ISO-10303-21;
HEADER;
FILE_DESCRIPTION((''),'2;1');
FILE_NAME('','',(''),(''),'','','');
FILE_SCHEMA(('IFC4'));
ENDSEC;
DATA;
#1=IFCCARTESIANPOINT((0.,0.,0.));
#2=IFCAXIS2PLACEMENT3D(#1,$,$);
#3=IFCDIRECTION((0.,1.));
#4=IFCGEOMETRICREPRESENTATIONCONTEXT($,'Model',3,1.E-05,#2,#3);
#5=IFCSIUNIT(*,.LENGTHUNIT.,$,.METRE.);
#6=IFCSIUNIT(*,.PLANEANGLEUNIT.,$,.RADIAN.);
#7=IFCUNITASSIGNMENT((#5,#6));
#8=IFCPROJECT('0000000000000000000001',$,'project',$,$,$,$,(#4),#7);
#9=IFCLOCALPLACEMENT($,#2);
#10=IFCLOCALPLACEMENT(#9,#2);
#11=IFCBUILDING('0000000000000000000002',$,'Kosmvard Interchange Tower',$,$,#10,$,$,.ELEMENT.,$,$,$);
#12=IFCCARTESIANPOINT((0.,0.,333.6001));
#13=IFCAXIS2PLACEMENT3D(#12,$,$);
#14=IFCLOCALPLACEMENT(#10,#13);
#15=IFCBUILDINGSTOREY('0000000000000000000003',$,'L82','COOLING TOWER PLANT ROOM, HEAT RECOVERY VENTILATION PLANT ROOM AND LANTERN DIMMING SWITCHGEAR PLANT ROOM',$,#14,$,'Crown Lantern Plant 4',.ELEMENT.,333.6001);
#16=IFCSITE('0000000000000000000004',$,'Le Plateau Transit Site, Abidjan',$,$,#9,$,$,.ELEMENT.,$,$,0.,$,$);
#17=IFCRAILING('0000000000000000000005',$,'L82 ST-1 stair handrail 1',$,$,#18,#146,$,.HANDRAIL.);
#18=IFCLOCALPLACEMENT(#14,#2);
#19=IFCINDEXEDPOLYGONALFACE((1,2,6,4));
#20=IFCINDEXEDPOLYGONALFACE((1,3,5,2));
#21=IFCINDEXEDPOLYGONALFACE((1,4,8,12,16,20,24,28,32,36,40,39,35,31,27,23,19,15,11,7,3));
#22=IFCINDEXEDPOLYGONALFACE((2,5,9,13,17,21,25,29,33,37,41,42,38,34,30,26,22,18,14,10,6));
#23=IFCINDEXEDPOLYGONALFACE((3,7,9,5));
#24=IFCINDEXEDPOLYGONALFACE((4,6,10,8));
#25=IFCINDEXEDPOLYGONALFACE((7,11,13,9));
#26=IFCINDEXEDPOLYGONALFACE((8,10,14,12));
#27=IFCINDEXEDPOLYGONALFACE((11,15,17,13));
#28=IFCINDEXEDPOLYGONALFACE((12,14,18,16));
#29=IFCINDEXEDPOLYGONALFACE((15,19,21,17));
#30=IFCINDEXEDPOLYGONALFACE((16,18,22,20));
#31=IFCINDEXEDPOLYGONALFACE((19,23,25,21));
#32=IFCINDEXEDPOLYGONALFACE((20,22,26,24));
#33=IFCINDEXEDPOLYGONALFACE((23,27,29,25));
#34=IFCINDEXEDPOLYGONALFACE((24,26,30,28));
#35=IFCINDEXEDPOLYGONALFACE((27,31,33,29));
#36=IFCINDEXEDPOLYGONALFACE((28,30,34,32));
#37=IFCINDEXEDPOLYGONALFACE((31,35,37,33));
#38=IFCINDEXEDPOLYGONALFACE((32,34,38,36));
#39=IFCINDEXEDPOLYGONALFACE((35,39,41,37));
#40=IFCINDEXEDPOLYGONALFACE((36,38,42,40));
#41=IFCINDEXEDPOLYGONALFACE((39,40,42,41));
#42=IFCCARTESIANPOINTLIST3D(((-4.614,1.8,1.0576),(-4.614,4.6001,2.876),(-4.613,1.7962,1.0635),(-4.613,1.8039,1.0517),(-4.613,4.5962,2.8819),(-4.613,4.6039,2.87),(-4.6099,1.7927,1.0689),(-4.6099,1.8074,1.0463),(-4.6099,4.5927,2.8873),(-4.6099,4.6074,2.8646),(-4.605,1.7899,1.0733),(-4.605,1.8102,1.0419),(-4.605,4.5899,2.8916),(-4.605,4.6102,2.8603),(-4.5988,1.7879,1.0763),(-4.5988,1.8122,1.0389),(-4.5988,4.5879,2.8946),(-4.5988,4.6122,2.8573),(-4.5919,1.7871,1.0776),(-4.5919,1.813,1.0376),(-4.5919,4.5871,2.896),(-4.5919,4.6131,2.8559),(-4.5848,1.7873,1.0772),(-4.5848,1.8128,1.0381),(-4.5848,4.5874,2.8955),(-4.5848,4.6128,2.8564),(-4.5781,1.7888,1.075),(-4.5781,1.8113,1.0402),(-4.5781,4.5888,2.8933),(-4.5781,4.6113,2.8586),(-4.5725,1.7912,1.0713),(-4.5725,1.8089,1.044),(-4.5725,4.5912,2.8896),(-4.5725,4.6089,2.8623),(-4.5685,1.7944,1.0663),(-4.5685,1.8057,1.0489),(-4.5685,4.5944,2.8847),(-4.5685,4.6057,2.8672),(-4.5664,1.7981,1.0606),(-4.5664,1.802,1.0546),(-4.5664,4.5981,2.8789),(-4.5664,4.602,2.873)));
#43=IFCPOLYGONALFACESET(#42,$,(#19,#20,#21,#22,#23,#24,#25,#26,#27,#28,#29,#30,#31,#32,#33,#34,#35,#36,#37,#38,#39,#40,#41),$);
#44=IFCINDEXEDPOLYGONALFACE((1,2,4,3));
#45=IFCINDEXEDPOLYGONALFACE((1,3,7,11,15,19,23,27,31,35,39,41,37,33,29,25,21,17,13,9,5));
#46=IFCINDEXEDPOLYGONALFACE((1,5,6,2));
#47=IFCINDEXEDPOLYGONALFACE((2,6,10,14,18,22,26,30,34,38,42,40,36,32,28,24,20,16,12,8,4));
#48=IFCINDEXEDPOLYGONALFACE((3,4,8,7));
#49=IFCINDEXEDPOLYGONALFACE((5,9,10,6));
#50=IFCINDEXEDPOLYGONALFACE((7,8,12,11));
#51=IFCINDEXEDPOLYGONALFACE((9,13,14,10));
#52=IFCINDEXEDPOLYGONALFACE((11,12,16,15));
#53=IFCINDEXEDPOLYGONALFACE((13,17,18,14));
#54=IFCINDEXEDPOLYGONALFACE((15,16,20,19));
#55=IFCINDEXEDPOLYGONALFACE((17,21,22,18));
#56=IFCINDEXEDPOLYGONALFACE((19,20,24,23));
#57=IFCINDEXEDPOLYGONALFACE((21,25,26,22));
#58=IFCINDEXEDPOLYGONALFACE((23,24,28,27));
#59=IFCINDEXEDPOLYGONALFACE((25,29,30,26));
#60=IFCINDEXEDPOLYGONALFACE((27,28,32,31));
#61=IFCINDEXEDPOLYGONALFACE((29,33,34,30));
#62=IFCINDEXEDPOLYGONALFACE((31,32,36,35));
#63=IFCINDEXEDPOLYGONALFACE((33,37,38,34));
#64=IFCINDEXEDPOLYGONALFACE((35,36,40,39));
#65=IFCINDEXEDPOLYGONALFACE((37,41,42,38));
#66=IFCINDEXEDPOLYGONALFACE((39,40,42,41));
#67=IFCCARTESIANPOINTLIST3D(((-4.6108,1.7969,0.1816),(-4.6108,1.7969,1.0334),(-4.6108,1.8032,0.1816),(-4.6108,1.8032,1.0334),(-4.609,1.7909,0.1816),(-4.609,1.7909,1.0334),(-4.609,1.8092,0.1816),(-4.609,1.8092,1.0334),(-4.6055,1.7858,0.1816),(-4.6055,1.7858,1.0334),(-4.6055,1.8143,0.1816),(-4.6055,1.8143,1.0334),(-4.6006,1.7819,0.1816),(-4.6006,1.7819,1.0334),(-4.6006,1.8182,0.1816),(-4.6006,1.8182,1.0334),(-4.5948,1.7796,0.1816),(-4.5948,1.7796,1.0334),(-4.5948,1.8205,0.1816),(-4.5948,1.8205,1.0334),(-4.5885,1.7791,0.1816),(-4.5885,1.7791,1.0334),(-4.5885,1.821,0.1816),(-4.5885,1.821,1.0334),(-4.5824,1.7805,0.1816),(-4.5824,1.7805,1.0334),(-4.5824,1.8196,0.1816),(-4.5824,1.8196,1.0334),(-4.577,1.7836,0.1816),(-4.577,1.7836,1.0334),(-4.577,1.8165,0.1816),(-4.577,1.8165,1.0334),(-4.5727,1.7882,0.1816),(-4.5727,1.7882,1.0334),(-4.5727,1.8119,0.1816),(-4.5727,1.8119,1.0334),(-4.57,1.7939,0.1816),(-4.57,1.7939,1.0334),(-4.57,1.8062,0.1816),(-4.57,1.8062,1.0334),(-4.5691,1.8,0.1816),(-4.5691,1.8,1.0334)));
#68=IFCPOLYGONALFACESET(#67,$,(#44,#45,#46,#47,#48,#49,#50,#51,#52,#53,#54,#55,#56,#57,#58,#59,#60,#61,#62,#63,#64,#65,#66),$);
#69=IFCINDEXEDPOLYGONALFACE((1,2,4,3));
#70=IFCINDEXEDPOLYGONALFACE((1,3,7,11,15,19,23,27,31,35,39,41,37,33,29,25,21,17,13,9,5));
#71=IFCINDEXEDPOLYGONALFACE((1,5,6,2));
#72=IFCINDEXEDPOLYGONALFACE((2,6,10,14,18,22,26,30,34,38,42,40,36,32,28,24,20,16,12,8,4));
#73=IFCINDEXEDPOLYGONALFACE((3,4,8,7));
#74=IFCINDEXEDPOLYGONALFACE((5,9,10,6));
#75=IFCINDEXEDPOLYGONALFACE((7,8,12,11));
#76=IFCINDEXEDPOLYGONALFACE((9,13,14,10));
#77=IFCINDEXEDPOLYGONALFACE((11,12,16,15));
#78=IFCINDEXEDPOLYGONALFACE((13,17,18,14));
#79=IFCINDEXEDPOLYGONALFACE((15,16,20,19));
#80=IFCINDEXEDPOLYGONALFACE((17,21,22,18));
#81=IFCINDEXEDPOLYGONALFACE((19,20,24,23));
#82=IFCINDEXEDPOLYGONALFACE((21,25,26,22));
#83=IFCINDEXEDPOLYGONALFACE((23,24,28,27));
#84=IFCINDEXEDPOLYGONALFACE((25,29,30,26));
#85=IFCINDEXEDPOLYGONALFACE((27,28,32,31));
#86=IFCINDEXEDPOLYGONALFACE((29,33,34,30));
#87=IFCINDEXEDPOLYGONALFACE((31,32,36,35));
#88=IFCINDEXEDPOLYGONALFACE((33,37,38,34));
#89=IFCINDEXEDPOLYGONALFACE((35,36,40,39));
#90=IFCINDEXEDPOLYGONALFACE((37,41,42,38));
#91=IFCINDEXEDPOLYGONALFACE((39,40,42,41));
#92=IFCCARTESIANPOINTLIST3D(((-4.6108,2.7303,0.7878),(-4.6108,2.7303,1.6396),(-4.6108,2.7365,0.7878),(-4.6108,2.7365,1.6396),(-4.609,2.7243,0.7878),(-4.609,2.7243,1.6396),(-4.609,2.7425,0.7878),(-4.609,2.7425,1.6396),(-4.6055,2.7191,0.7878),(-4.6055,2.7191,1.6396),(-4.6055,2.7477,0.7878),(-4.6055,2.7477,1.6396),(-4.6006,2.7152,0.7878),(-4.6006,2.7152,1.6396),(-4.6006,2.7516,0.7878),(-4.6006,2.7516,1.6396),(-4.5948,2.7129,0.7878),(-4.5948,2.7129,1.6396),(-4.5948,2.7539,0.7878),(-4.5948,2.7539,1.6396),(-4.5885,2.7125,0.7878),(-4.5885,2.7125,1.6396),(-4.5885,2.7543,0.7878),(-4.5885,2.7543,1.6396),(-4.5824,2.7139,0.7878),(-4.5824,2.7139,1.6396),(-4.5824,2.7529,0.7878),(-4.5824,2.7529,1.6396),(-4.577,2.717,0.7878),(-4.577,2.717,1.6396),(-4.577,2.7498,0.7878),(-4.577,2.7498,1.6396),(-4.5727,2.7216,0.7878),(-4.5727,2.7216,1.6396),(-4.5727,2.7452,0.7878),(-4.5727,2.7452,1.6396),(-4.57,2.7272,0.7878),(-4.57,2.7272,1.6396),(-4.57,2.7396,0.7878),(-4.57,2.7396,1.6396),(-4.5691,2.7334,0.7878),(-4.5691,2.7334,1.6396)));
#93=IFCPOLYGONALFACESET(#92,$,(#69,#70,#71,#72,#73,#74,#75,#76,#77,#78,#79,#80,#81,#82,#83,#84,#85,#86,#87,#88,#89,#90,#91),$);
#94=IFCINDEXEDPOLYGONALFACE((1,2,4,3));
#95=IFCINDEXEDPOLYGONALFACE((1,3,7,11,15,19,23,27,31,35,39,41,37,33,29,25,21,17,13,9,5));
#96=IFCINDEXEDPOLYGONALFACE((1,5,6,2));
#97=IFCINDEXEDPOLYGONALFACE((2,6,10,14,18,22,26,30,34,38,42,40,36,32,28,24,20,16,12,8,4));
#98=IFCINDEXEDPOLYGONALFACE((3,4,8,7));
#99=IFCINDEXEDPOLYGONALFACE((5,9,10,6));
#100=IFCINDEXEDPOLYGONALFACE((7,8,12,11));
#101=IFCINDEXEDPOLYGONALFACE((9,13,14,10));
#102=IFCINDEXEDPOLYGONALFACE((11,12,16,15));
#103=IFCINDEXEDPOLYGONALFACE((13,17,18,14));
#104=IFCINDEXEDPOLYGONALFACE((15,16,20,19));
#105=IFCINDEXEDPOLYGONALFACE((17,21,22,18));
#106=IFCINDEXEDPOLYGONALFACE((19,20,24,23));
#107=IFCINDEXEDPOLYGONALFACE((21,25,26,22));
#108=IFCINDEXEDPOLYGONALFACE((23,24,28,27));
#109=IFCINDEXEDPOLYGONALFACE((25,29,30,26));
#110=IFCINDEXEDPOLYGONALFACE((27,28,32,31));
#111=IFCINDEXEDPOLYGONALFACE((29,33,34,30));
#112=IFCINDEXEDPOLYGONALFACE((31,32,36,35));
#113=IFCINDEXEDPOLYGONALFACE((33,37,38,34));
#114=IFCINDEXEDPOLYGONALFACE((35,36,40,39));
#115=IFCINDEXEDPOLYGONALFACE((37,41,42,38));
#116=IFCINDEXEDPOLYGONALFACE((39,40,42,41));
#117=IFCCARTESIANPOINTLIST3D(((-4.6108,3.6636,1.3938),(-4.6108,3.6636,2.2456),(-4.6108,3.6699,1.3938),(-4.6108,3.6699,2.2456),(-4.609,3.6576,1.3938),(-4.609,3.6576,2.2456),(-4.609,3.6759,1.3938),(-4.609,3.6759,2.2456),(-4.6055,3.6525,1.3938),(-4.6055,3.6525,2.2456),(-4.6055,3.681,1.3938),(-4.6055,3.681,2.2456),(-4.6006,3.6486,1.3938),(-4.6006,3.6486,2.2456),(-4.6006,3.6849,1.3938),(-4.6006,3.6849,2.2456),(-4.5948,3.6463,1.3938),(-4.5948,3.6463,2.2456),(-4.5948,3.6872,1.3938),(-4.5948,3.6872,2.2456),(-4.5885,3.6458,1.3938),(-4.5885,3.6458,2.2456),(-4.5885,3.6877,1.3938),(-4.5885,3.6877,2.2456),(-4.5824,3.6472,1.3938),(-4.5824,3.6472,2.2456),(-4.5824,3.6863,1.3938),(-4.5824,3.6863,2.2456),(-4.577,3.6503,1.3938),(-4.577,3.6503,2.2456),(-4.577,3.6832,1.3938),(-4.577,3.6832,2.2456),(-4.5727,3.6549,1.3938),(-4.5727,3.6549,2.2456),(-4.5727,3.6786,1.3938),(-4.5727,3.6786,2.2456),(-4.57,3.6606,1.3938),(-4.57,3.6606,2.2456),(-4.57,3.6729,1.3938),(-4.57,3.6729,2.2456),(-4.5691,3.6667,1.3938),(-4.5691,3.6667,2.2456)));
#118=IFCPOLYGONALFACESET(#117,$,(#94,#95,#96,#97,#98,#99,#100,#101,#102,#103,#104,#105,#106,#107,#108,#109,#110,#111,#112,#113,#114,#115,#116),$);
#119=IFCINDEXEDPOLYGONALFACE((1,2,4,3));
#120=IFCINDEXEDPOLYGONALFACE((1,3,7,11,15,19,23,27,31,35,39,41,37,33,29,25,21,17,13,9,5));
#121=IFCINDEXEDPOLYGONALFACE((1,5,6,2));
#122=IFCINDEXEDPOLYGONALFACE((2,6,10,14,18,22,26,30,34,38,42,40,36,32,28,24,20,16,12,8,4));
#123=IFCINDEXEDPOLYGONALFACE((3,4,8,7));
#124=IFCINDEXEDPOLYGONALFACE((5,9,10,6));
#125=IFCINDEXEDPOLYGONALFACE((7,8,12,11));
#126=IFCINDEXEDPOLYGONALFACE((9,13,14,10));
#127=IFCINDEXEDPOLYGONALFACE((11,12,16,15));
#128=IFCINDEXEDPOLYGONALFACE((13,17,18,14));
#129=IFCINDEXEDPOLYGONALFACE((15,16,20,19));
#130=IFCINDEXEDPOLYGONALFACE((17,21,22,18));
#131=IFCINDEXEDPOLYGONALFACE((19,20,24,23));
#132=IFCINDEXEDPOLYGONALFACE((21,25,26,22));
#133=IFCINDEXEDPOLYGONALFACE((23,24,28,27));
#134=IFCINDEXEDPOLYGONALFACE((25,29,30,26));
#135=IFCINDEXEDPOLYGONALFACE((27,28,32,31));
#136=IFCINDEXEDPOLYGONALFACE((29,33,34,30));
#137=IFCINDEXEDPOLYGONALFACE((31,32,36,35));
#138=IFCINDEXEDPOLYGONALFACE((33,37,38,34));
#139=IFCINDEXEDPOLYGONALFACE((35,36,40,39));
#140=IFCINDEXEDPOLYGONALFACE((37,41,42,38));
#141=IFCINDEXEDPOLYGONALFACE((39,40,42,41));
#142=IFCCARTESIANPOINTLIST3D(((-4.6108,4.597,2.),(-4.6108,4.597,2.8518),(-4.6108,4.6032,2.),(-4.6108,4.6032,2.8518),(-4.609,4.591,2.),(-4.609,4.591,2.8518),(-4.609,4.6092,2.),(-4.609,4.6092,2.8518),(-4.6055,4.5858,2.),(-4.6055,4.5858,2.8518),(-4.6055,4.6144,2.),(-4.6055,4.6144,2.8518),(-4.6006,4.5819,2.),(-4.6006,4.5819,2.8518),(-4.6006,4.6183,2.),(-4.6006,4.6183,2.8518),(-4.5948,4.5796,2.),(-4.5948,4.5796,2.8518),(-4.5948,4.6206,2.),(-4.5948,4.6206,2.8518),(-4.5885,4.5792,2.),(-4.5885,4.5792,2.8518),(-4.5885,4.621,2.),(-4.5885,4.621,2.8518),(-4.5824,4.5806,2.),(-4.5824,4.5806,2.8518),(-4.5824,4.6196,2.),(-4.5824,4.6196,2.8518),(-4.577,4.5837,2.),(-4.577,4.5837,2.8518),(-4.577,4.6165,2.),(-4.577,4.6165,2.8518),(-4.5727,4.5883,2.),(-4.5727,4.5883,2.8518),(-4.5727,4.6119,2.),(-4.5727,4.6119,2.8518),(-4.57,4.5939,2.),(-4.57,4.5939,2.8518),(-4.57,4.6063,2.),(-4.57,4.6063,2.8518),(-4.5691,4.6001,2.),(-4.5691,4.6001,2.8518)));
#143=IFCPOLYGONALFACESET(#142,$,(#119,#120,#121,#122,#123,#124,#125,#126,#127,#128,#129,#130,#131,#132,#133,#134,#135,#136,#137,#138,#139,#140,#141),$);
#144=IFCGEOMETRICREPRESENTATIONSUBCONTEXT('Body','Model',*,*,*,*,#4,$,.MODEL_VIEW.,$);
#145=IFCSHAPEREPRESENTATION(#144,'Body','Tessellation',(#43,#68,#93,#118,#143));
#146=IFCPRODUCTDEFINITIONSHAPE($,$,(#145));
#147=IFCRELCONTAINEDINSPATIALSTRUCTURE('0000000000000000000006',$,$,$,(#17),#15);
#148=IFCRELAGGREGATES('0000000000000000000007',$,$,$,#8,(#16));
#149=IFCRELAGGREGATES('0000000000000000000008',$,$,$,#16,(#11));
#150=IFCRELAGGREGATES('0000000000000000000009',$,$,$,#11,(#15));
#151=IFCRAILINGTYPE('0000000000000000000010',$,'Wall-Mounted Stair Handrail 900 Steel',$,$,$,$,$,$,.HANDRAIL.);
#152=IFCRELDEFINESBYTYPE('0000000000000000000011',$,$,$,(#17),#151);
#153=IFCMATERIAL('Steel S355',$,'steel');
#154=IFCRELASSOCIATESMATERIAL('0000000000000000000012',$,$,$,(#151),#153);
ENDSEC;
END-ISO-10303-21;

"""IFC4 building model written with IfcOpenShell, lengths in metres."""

from ifc_helpers import new_model, si_unit, direction, frame, origin, origin_2d, place, context, subcontext, project, spatial, circle, extrude, source, transform, mapped, material, type_object, element, save


model = new_model("IFC4")

# Units and contexts
model_context = context("Model", 3, precision=1e-05, world=origin(), true_north=direction((0.0, 1.0)))
body_context = subcontext(model_context, "Body", "Model", "MODEL_VIEW")
ifc_project = project(units=[si_unit("LENGTHUNIT", "METRE"), si_unit("PLANEANGLEUNIT", "RADIAN")], contexts=[model_context])

# Site, building, storey
site_placement = place(None, origin())
site = spatial("IfcSite", under=ifc_project, at=site_placement, Name="Le Plateau Transit Site, Abidjan", CompositionType="ELEMENT", RefElevation=0.0)
building_placement = place(site_placement, origin())
building = spatial("IfcBuilding", under=site, at=building_placement, Name="Kosmvard Interchange Tower", CompositionType="ELEMENT")
storey_placement = place(building_placement, frame((0.0, 0.0, 333.6001)))
storey = spatial("IfcBuildingStorey", under=building, at=storey_placement, Name="L82", Description="COOLING TOWER PLANT ROOM, HEAT RECOVERY VENTILATION PLANT ROOM AND LANTERN DIMMING SWITCHGEAR PLANT ROOM", LongName="Crown Lantern Plant 4", CompositionType="ELEMENT", Elevation=333.6001)

# Shared definitions
ifc_material_1 = material(Name="Steel S355", Category="steel")

# Railing
railing_type_1 = type_object("IfcRailingType", Name="Wall-Mounted Stair Handrail 900 Steel", PredefinedType="HANDRAIL", material=ifc_material_1)
shared_shape_1 = source(origin(), body_context, "Body", "SweptSolid", [
    extrude(circle(Radius=0.0239, at=origin_2d()), frame((0.0, 0.0, 0.876), z_axis=(0.0, 0.838672, 0.544636), x_axis=(-1.0, 0.0, 0.0)), (0.0, 0.0, 1.0), 3.3386),
    extrude(circle(Radius=0.021, at=origin_2d()), origin(), (0.0, 0.0, 1.0), 0.8518),
    extrude(circle(Radius=0.021, at=origin_2d()), frame((0.0, 0.9333, 0.6062)), (0.0, 0.0, 1.0), 0.8518),
    extrude(circle(Radius=0.021, at=origin_2d()), frame((0.0, 1.8667, 1.2122)), (0.0, 0.0, 1.0), 0.8518),
    extrude(circle(Radius=0.021, at=origin_2d()), frame((0.0, 2.8, 1.8184)), (0.0, 0.0, 1.0), 0.8518),
])
railing_1_placement = place(storey_placement, frame((-4.5901, 1.8, 0.1816)))
element("IfcRailing", 1, at=railing_1_placement, inside=storey, type_object=railing_type_1, Name="L82 ST-1 stair handrail 1", PredefinedType="HANDRAIL", context=body_context, shape_type="MappedRepresentation", body=[
    mapped(shared_shape_1, transform((0.0, 0.0, 0.0), scale=1.0)),
])

save(model, "model.ifc")
